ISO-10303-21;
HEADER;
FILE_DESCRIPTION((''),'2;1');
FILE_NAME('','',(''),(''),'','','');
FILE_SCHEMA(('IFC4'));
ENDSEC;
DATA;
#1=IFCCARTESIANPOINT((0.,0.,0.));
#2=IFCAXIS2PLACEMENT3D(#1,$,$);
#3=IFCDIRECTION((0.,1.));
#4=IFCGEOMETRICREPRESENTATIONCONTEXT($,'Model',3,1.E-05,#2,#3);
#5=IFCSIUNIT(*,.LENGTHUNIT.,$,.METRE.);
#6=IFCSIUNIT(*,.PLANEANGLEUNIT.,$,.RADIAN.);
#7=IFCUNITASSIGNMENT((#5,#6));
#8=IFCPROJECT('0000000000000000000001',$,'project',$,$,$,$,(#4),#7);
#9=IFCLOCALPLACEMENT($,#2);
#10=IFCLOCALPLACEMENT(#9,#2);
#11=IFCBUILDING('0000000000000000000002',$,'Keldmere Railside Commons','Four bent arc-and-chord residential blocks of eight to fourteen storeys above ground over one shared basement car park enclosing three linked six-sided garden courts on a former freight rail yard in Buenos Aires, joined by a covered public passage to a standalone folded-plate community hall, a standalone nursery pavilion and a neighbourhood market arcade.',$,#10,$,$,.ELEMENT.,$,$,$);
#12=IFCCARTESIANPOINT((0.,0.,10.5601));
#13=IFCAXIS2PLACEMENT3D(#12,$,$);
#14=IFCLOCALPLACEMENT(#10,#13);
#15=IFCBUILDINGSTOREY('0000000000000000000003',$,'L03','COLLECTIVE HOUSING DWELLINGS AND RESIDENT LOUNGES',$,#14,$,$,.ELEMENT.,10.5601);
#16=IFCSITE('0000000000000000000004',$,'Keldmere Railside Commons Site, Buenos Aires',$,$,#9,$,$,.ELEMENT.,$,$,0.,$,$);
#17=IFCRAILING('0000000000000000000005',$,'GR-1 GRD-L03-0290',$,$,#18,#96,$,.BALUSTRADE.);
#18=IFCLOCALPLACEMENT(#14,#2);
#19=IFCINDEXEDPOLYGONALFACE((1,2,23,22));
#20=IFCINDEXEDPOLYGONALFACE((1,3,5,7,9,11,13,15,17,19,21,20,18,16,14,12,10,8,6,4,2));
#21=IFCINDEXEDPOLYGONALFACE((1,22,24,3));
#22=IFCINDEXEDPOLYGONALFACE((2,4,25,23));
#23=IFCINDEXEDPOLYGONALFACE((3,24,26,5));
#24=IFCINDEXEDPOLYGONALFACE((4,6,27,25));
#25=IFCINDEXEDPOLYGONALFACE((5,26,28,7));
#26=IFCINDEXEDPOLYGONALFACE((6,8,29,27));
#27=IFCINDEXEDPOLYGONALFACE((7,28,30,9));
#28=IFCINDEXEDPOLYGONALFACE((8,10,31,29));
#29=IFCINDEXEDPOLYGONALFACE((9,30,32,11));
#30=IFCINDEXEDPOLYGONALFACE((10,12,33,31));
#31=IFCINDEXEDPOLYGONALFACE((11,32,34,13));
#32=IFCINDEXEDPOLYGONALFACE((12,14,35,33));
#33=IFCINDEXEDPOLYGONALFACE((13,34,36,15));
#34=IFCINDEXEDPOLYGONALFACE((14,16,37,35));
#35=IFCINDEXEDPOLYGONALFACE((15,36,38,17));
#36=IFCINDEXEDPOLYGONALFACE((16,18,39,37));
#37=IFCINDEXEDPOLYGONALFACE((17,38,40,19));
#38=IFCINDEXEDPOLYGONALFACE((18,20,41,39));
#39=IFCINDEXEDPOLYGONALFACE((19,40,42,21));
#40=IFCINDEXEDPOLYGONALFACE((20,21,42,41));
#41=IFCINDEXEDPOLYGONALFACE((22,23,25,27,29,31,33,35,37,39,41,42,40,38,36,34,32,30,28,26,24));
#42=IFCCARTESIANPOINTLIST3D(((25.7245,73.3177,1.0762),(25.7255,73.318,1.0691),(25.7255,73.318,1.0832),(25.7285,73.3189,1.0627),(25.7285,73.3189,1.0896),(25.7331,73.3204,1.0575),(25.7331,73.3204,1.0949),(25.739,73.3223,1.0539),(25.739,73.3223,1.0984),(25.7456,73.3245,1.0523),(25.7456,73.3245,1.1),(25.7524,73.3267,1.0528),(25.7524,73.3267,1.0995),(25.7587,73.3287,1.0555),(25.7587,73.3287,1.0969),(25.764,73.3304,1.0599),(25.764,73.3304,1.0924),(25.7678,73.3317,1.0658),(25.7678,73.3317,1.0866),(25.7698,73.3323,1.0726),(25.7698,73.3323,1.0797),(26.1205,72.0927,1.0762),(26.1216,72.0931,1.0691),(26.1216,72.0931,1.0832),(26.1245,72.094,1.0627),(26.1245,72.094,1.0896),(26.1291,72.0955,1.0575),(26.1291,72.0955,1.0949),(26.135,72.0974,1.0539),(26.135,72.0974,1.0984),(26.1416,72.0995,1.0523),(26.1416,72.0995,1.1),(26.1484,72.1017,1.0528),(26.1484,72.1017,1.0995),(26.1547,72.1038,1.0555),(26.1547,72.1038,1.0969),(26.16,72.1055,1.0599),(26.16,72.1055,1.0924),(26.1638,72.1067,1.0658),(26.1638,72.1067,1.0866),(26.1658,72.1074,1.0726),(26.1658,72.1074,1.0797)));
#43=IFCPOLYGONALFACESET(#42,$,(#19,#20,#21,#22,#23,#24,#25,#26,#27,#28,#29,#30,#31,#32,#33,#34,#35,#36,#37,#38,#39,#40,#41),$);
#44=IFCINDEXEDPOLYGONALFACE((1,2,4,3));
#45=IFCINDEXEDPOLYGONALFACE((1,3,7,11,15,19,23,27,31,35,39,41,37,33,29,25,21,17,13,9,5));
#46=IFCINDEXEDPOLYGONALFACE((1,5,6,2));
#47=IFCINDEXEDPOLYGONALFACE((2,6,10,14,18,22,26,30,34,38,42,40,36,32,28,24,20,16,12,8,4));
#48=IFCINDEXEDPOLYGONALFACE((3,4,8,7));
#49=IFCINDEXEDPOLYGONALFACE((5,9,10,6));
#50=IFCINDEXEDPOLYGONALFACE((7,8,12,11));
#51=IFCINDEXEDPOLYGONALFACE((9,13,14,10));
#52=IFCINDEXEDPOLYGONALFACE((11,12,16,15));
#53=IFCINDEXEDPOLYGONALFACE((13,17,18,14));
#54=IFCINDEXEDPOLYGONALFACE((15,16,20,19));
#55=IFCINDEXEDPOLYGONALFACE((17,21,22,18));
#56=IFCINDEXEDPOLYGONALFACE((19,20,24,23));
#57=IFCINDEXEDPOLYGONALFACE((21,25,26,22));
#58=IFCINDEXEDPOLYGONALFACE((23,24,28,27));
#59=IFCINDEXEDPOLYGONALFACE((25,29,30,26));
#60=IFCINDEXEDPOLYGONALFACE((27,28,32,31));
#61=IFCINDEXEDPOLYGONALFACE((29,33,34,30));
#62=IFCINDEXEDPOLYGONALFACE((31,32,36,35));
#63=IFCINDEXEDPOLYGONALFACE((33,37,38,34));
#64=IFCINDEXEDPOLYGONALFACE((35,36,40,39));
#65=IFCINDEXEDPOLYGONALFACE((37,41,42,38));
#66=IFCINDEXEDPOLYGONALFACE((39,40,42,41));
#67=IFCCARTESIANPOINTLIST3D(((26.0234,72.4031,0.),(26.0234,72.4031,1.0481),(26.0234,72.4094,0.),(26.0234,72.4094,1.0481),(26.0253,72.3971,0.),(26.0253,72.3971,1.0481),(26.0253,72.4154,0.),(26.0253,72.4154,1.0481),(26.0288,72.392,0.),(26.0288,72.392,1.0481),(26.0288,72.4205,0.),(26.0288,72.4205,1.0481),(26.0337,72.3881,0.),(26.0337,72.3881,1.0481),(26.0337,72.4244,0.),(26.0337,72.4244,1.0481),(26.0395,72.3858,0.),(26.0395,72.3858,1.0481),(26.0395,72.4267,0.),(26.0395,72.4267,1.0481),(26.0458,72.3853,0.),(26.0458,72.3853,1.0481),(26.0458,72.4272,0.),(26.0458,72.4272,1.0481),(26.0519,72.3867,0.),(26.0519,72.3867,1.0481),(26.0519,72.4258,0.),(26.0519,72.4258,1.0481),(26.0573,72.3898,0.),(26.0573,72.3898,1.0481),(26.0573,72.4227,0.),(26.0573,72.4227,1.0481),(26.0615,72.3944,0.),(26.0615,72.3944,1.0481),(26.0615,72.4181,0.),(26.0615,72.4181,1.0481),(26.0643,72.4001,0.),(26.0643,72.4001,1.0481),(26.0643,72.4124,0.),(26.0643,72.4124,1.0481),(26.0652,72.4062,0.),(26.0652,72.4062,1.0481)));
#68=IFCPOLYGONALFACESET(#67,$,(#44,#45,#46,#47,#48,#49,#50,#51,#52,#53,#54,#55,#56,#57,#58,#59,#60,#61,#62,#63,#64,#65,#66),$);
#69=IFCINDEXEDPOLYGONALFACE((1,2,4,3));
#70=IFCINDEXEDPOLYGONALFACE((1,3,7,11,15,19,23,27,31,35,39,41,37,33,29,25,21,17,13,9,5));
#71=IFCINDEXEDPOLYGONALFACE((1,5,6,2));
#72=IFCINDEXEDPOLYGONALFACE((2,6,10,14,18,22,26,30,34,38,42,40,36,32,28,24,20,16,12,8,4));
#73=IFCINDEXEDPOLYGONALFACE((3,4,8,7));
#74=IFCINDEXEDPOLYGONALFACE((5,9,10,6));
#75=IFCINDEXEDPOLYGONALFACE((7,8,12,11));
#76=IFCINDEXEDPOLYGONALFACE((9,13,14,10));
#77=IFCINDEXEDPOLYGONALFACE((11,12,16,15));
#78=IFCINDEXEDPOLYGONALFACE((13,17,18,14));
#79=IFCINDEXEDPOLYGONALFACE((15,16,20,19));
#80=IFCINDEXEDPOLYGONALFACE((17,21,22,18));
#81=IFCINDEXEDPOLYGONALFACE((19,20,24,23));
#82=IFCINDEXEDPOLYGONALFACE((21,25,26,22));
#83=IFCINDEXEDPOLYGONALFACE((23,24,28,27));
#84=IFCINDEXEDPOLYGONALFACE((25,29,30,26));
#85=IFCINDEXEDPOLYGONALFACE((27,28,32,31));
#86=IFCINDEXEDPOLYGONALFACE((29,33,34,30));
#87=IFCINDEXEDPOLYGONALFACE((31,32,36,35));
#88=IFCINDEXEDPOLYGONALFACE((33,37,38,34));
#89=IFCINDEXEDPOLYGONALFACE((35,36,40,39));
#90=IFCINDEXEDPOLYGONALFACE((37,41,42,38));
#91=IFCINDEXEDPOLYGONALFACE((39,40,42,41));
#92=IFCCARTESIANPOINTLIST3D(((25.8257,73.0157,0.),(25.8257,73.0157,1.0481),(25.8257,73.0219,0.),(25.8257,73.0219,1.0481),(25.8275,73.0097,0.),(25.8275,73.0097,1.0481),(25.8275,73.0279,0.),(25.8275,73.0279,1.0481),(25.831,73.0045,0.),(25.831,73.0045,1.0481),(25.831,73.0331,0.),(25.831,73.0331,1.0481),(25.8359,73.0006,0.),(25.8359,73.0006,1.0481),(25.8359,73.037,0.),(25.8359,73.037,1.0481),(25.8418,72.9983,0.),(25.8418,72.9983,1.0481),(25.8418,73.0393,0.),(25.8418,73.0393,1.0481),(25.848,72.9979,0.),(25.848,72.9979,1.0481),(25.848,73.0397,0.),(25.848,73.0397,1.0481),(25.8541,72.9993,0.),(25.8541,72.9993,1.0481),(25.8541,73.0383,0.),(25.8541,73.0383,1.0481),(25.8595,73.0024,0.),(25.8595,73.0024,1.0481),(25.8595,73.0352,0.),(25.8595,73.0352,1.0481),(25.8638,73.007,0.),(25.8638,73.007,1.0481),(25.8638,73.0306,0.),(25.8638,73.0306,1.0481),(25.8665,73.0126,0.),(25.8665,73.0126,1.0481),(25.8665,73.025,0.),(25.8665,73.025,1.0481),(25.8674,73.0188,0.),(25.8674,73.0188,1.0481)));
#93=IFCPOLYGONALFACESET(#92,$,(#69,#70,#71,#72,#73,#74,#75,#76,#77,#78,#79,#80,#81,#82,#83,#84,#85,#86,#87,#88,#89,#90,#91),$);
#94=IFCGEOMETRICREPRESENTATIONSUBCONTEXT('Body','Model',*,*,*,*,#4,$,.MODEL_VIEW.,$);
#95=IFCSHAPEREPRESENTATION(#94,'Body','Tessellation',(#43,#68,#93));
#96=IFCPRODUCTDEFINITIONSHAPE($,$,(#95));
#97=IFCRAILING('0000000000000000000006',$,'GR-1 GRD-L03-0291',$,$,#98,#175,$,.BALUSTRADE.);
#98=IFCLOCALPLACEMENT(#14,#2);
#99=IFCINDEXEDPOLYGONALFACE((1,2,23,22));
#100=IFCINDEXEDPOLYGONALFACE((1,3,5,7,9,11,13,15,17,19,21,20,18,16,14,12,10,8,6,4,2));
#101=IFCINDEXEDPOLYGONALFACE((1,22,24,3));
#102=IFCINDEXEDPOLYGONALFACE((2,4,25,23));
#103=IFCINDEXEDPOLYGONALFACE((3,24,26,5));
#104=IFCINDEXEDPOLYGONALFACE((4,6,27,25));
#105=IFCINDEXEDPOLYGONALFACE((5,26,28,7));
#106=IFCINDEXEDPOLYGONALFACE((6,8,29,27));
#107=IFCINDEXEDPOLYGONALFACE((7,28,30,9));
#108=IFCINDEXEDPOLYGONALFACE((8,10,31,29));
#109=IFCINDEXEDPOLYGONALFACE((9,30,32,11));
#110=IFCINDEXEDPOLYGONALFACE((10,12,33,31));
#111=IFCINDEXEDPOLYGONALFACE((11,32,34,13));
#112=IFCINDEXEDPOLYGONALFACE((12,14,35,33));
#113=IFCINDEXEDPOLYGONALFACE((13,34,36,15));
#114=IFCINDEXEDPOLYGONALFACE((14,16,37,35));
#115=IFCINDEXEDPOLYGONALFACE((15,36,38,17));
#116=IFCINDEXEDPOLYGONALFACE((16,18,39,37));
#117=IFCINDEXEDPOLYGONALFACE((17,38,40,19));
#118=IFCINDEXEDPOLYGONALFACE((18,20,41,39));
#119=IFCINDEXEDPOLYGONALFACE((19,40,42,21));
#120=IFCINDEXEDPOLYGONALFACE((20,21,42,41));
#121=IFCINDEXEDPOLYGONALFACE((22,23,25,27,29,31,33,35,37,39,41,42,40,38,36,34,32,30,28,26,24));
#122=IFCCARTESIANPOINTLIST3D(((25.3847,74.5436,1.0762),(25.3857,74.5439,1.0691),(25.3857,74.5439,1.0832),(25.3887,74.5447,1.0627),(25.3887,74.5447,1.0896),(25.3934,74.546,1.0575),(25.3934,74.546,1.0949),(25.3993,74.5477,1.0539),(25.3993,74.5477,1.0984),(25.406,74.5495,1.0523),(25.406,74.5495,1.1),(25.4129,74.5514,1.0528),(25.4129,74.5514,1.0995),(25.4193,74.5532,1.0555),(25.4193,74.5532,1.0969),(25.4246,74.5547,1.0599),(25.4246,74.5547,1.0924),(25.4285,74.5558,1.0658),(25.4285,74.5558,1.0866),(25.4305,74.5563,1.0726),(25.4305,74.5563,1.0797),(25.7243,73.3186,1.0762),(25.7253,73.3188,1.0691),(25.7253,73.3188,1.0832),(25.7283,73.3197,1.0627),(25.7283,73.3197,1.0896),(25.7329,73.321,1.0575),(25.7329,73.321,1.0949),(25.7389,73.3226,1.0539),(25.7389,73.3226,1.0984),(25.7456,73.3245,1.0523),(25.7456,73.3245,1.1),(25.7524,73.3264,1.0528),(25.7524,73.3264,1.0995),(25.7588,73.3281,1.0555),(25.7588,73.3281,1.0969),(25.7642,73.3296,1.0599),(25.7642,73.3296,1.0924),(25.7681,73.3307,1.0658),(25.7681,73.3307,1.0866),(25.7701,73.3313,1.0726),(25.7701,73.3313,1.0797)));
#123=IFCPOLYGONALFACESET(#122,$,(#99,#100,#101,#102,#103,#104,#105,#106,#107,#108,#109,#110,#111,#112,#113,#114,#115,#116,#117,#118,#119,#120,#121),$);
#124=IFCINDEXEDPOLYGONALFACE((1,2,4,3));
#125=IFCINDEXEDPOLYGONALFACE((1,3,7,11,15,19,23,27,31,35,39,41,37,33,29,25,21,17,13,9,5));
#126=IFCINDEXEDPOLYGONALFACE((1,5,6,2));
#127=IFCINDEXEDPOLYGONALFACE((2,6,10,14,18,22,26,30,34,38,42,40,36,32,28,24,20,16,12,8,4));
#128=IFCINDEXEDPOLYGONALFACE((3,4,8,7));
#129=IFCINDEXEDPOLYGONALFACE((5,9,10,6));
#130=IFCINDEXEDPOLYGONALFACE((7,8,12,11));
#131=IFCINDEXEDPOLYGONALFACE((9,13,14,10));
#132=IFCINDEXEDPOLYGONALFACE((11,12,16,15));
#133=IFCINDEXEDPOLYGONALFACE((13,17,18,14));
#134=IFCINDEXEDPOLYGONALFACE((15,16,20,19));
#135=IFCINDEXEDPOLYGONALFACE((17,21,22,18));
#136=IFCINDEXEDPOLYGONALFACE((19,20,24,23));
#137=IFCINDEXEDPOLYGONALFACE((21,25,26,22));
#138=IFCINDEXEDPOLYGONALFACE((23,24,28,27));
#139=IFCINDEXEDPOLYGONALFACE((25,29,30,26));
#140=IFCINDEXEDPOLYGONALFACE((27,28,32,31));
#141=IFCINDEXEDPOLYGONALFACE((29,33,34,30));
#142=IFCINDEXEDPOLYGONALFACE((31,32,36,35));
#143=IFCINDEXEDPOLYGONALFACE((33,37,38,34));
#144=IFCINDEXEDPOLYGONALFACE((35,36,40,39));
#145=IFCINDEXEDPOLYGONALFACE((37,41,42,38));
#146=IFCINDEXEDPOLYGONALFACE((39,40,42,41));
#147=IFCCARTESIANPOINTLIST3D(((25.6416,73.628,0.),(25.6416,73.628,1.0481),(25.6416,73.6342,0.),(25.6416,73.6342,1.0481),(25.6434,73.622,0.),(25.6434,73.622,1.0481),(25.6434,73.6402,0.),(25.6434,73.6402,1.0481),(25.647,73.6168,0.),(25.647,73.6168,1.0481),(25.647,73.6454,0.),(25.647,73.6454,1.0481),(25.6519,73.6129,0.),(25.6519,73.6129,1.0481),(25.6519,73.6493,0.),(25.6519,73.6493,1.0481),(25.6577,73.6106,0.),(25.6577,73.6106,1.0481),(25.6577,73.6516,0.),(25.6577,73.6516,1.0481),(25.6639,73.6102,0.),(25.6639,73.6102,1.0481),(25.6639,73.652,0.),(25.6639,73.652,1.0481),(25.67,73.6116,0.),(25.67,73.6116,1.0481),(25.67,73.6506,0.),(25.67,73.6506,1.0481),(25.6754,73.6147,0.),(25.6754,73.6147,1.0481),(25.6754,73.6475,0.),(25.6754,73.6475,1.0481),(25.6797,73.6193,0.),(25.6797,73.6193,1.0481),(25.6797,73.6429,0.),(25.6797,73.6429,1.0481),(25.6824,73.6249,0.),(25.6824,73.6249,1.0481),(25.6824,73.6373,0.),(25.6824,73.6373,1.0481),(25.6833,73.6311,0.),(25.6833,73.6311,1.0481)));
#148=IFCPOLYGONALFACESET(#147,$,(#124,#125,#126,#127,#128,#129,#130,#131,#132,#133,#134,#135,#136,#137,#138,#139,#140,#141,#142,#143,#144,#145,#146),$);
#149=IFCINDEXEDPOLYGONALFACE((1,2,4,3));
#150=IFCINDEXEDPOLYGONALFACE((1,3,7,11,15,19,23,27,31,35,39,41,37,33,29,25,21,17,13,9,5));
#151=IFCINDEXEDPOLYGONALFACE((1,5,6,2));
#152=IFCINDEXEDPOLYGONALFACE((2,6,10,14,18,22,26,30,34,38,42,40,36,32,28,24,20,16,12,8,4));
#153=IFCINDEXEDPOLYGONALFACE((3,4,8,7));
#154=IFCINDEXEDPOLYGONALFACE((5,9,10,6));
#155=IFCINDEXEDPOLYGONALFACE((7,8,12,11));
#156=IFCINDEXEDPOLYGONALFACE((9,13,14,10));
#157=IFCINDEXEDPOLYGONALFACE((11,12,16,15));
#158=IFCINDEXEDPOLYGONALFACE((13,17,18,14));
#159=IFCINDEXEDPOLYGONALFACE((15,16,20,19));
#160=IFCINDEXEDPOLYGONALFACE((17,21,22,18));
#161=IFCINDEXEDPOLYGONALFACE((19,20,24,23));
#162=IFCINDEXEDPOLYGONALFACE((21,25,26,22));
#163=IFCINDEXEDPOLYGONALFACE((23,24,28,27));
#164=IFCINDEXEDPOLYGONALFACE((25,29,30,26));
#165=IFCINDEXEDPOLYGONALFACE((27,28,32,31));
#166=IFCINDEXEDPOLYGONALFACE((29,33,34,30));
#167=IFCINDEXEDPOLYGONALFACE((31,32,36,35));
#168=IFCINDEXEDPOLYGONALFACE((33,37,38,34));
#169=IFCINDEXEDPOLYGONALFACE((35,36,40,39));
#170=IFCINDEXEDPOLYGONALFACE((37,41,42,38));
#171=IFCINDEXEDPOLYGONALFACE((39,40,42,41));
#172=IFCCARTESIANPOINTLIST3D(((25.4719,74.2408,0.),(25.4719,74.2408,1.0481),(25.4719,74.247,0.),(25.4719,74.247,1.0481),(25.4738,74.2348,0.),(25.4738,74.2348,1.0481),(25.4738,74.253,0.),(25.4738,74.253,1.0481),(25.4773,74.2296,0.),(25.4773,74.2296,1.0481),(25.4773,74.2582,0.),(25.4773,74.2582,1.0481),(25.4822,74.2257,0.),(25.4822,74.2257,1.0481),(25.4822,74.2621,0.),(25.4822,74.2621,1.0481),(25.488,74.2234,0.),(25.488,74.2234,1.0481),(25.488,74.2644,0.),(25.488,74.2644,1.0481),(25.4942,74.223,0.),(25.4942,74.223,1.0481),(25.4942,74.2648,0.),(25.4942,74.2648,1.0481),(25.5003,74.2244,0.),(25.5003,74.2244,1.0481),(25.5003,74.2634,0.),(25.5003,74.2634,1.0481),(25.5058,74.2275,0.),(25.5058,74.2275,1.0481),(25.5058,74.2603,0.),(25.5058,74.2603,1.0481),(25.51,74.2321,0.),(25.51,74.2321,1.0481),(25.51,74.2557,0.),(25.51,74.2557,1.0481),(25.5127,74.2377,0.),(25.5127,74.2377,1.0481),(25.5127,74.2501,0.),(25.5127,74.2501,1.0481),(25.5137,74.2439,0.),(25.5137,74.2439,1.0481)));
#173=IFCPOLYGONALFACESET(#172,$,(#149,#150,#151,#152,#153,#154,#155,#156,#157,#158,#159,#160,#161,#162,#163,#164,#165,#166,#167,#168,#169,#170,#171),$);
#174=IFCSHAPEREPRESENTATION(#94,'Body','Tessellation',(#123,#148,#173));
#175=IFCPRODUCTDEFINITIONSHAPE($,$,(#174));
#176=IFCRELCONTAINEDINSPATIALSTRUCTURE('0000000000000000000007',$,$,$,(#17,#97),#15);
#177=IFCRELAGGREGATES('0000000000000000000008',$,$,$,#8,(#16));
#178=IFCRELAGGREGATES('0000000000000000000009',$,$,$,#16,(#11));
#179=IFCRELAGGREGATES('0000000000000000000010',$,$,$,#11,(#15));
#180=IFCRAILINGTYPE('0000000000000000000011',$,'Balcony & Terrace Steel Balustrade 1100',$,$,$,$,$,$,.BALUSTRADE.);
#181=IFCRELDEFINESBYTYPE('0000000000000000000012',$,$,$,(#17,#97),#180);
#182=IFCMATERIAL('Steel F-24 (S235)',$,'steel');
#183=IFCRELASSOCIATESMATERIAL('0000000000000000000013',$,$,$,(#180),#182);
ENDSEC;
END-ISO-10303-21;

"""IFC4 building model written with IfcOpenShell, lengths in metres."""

from ifc_helpers import new_model, si_unit, direction, frame, origin, origin_2d, place, context, subcontext, project, spatial, circle, extrude, material, type_object, element, save


model = new_model("IFC4")

# Units and contexts
model_context = context("Model", 3, precision=1e-05, world=origin(), true_north=direction((0.0, 1.0)))
body_context = subcontext(model_context, "Body", "Model", "MODEL_VIEW")
ifc_project = project(units=[si_unit("LENGTHUNIT", "METRE"), si_unit("PLANEANGLEUNIT", "RADIAN")], contexts=[model_context])

# Site, building, storey
site_placement = place(None, origin())
site = spatial("IfcSite", under=ifc_project, at=site_placement, Name="Keldmere Railside Commons Site, Buenos Aires", CompositionType="ELEMENT", RefElevation=0.0)
building_placement = place(site_placement, origin())
building = spatial("IfcBuilding", under=site, at=building_placement, Name="Keldmere Railside Commons", Description="Four bent arc-and-chord residential blocks of eight to fourteen storeys above ground over one shared basement car park enclosing three linked six-sided garden courts on a former freight rail yard in Buenos Aires, joined by a covered public passage to a standalone folded-plate community hall, a standalone nursery pavilion and a neighbourhood market arcade.", CompositionType="ELEMENT")
storey_placement = place(building_placement, frame((0.0, 0.0, 10.5601)))
storey = spatial("IfcBuildingStorey", under=building, at=storey_placement, Name="L03", Description="COLLECTIVE HOUSING DWELLINGS AND RESIDENT LOUNGES", CompositionType="ELEMENT", Elevation=10.5601)

# Railings
ifc_material_1 = material(Name="Steel F-24 (S235)", Category="steel")
railing_type = type_object("IfcRailingType", Name="Balcony & Terrace Steel Balustrade 1100", PredefinedType="BALUSTRADE", material=ifc_material_1)
railing_1_placement = place(storey_placement, frame((26.1433, 72.1001, 0.0)))
element("IfcRailing", 1, at=railing_1_placement, inside=storey, type_object=railing_type, Name="GR-1 GRD-L03-0290", PredefinedType="BALUSTRADE", context=body_context, shape_type="SweptSolid", body=[
    extrude(circle(Radius=0.0239, at=origin_2d()), frame((0.0, 0.0, 1.0762), z_axis=(-0.307623, 0.951508, 0.0), x_axis=(-0.951508, -0.307623, 0.0)), (0.0, 0.0, 1.0), 1.2874),
    extrude(circle(Radius=0.021, at=origin_2d()), frame((-0.0991, 0.3062, 0.0)), (0.0, 0.0, 1.0), 1.0481),
    extrude(circle(Radius=0.021, at=origin_2d()), frame((-0.2969, 0.9187, 0.0)), (0.0, 0.0, 1.0), 1.0481),
])
railing_2_placement = place(storey_placement, frame((25.7473, 73.325, 0.0)))
element("IfcRailing", 2, at=railing_2_placement, inside=storey, type_object=railing_type, Name="GR-1 GRD-L03-0291", PredefinedType="BALUSTRADE", context=body_context, shape_type="SweptSolid", body=[
    extrude(circle(Radius=0.0239, at=origin_2d()), frame((0.0, 0.0, 1.0762), z_axis=(-0.267129, 0.963661, 0.0), x_axis=(-0.963661, -0.267129, 0.0)), (0.0, 0.0, 1.0), 1.2712),
    extrude(circle(Radius=0.021, at=origin_2d()), frame((-0.085, 0.3062, 0.0)), (0.0, 0.0, 1.0), 1.0481),
    extrude(circle(Radius=0.021, at=origin_2d()), frame((-0.2546, 0.9189, 0.0)), (0.0, 0.0, 1.0), 1.0481),
])

save(model, "model.ifc")
